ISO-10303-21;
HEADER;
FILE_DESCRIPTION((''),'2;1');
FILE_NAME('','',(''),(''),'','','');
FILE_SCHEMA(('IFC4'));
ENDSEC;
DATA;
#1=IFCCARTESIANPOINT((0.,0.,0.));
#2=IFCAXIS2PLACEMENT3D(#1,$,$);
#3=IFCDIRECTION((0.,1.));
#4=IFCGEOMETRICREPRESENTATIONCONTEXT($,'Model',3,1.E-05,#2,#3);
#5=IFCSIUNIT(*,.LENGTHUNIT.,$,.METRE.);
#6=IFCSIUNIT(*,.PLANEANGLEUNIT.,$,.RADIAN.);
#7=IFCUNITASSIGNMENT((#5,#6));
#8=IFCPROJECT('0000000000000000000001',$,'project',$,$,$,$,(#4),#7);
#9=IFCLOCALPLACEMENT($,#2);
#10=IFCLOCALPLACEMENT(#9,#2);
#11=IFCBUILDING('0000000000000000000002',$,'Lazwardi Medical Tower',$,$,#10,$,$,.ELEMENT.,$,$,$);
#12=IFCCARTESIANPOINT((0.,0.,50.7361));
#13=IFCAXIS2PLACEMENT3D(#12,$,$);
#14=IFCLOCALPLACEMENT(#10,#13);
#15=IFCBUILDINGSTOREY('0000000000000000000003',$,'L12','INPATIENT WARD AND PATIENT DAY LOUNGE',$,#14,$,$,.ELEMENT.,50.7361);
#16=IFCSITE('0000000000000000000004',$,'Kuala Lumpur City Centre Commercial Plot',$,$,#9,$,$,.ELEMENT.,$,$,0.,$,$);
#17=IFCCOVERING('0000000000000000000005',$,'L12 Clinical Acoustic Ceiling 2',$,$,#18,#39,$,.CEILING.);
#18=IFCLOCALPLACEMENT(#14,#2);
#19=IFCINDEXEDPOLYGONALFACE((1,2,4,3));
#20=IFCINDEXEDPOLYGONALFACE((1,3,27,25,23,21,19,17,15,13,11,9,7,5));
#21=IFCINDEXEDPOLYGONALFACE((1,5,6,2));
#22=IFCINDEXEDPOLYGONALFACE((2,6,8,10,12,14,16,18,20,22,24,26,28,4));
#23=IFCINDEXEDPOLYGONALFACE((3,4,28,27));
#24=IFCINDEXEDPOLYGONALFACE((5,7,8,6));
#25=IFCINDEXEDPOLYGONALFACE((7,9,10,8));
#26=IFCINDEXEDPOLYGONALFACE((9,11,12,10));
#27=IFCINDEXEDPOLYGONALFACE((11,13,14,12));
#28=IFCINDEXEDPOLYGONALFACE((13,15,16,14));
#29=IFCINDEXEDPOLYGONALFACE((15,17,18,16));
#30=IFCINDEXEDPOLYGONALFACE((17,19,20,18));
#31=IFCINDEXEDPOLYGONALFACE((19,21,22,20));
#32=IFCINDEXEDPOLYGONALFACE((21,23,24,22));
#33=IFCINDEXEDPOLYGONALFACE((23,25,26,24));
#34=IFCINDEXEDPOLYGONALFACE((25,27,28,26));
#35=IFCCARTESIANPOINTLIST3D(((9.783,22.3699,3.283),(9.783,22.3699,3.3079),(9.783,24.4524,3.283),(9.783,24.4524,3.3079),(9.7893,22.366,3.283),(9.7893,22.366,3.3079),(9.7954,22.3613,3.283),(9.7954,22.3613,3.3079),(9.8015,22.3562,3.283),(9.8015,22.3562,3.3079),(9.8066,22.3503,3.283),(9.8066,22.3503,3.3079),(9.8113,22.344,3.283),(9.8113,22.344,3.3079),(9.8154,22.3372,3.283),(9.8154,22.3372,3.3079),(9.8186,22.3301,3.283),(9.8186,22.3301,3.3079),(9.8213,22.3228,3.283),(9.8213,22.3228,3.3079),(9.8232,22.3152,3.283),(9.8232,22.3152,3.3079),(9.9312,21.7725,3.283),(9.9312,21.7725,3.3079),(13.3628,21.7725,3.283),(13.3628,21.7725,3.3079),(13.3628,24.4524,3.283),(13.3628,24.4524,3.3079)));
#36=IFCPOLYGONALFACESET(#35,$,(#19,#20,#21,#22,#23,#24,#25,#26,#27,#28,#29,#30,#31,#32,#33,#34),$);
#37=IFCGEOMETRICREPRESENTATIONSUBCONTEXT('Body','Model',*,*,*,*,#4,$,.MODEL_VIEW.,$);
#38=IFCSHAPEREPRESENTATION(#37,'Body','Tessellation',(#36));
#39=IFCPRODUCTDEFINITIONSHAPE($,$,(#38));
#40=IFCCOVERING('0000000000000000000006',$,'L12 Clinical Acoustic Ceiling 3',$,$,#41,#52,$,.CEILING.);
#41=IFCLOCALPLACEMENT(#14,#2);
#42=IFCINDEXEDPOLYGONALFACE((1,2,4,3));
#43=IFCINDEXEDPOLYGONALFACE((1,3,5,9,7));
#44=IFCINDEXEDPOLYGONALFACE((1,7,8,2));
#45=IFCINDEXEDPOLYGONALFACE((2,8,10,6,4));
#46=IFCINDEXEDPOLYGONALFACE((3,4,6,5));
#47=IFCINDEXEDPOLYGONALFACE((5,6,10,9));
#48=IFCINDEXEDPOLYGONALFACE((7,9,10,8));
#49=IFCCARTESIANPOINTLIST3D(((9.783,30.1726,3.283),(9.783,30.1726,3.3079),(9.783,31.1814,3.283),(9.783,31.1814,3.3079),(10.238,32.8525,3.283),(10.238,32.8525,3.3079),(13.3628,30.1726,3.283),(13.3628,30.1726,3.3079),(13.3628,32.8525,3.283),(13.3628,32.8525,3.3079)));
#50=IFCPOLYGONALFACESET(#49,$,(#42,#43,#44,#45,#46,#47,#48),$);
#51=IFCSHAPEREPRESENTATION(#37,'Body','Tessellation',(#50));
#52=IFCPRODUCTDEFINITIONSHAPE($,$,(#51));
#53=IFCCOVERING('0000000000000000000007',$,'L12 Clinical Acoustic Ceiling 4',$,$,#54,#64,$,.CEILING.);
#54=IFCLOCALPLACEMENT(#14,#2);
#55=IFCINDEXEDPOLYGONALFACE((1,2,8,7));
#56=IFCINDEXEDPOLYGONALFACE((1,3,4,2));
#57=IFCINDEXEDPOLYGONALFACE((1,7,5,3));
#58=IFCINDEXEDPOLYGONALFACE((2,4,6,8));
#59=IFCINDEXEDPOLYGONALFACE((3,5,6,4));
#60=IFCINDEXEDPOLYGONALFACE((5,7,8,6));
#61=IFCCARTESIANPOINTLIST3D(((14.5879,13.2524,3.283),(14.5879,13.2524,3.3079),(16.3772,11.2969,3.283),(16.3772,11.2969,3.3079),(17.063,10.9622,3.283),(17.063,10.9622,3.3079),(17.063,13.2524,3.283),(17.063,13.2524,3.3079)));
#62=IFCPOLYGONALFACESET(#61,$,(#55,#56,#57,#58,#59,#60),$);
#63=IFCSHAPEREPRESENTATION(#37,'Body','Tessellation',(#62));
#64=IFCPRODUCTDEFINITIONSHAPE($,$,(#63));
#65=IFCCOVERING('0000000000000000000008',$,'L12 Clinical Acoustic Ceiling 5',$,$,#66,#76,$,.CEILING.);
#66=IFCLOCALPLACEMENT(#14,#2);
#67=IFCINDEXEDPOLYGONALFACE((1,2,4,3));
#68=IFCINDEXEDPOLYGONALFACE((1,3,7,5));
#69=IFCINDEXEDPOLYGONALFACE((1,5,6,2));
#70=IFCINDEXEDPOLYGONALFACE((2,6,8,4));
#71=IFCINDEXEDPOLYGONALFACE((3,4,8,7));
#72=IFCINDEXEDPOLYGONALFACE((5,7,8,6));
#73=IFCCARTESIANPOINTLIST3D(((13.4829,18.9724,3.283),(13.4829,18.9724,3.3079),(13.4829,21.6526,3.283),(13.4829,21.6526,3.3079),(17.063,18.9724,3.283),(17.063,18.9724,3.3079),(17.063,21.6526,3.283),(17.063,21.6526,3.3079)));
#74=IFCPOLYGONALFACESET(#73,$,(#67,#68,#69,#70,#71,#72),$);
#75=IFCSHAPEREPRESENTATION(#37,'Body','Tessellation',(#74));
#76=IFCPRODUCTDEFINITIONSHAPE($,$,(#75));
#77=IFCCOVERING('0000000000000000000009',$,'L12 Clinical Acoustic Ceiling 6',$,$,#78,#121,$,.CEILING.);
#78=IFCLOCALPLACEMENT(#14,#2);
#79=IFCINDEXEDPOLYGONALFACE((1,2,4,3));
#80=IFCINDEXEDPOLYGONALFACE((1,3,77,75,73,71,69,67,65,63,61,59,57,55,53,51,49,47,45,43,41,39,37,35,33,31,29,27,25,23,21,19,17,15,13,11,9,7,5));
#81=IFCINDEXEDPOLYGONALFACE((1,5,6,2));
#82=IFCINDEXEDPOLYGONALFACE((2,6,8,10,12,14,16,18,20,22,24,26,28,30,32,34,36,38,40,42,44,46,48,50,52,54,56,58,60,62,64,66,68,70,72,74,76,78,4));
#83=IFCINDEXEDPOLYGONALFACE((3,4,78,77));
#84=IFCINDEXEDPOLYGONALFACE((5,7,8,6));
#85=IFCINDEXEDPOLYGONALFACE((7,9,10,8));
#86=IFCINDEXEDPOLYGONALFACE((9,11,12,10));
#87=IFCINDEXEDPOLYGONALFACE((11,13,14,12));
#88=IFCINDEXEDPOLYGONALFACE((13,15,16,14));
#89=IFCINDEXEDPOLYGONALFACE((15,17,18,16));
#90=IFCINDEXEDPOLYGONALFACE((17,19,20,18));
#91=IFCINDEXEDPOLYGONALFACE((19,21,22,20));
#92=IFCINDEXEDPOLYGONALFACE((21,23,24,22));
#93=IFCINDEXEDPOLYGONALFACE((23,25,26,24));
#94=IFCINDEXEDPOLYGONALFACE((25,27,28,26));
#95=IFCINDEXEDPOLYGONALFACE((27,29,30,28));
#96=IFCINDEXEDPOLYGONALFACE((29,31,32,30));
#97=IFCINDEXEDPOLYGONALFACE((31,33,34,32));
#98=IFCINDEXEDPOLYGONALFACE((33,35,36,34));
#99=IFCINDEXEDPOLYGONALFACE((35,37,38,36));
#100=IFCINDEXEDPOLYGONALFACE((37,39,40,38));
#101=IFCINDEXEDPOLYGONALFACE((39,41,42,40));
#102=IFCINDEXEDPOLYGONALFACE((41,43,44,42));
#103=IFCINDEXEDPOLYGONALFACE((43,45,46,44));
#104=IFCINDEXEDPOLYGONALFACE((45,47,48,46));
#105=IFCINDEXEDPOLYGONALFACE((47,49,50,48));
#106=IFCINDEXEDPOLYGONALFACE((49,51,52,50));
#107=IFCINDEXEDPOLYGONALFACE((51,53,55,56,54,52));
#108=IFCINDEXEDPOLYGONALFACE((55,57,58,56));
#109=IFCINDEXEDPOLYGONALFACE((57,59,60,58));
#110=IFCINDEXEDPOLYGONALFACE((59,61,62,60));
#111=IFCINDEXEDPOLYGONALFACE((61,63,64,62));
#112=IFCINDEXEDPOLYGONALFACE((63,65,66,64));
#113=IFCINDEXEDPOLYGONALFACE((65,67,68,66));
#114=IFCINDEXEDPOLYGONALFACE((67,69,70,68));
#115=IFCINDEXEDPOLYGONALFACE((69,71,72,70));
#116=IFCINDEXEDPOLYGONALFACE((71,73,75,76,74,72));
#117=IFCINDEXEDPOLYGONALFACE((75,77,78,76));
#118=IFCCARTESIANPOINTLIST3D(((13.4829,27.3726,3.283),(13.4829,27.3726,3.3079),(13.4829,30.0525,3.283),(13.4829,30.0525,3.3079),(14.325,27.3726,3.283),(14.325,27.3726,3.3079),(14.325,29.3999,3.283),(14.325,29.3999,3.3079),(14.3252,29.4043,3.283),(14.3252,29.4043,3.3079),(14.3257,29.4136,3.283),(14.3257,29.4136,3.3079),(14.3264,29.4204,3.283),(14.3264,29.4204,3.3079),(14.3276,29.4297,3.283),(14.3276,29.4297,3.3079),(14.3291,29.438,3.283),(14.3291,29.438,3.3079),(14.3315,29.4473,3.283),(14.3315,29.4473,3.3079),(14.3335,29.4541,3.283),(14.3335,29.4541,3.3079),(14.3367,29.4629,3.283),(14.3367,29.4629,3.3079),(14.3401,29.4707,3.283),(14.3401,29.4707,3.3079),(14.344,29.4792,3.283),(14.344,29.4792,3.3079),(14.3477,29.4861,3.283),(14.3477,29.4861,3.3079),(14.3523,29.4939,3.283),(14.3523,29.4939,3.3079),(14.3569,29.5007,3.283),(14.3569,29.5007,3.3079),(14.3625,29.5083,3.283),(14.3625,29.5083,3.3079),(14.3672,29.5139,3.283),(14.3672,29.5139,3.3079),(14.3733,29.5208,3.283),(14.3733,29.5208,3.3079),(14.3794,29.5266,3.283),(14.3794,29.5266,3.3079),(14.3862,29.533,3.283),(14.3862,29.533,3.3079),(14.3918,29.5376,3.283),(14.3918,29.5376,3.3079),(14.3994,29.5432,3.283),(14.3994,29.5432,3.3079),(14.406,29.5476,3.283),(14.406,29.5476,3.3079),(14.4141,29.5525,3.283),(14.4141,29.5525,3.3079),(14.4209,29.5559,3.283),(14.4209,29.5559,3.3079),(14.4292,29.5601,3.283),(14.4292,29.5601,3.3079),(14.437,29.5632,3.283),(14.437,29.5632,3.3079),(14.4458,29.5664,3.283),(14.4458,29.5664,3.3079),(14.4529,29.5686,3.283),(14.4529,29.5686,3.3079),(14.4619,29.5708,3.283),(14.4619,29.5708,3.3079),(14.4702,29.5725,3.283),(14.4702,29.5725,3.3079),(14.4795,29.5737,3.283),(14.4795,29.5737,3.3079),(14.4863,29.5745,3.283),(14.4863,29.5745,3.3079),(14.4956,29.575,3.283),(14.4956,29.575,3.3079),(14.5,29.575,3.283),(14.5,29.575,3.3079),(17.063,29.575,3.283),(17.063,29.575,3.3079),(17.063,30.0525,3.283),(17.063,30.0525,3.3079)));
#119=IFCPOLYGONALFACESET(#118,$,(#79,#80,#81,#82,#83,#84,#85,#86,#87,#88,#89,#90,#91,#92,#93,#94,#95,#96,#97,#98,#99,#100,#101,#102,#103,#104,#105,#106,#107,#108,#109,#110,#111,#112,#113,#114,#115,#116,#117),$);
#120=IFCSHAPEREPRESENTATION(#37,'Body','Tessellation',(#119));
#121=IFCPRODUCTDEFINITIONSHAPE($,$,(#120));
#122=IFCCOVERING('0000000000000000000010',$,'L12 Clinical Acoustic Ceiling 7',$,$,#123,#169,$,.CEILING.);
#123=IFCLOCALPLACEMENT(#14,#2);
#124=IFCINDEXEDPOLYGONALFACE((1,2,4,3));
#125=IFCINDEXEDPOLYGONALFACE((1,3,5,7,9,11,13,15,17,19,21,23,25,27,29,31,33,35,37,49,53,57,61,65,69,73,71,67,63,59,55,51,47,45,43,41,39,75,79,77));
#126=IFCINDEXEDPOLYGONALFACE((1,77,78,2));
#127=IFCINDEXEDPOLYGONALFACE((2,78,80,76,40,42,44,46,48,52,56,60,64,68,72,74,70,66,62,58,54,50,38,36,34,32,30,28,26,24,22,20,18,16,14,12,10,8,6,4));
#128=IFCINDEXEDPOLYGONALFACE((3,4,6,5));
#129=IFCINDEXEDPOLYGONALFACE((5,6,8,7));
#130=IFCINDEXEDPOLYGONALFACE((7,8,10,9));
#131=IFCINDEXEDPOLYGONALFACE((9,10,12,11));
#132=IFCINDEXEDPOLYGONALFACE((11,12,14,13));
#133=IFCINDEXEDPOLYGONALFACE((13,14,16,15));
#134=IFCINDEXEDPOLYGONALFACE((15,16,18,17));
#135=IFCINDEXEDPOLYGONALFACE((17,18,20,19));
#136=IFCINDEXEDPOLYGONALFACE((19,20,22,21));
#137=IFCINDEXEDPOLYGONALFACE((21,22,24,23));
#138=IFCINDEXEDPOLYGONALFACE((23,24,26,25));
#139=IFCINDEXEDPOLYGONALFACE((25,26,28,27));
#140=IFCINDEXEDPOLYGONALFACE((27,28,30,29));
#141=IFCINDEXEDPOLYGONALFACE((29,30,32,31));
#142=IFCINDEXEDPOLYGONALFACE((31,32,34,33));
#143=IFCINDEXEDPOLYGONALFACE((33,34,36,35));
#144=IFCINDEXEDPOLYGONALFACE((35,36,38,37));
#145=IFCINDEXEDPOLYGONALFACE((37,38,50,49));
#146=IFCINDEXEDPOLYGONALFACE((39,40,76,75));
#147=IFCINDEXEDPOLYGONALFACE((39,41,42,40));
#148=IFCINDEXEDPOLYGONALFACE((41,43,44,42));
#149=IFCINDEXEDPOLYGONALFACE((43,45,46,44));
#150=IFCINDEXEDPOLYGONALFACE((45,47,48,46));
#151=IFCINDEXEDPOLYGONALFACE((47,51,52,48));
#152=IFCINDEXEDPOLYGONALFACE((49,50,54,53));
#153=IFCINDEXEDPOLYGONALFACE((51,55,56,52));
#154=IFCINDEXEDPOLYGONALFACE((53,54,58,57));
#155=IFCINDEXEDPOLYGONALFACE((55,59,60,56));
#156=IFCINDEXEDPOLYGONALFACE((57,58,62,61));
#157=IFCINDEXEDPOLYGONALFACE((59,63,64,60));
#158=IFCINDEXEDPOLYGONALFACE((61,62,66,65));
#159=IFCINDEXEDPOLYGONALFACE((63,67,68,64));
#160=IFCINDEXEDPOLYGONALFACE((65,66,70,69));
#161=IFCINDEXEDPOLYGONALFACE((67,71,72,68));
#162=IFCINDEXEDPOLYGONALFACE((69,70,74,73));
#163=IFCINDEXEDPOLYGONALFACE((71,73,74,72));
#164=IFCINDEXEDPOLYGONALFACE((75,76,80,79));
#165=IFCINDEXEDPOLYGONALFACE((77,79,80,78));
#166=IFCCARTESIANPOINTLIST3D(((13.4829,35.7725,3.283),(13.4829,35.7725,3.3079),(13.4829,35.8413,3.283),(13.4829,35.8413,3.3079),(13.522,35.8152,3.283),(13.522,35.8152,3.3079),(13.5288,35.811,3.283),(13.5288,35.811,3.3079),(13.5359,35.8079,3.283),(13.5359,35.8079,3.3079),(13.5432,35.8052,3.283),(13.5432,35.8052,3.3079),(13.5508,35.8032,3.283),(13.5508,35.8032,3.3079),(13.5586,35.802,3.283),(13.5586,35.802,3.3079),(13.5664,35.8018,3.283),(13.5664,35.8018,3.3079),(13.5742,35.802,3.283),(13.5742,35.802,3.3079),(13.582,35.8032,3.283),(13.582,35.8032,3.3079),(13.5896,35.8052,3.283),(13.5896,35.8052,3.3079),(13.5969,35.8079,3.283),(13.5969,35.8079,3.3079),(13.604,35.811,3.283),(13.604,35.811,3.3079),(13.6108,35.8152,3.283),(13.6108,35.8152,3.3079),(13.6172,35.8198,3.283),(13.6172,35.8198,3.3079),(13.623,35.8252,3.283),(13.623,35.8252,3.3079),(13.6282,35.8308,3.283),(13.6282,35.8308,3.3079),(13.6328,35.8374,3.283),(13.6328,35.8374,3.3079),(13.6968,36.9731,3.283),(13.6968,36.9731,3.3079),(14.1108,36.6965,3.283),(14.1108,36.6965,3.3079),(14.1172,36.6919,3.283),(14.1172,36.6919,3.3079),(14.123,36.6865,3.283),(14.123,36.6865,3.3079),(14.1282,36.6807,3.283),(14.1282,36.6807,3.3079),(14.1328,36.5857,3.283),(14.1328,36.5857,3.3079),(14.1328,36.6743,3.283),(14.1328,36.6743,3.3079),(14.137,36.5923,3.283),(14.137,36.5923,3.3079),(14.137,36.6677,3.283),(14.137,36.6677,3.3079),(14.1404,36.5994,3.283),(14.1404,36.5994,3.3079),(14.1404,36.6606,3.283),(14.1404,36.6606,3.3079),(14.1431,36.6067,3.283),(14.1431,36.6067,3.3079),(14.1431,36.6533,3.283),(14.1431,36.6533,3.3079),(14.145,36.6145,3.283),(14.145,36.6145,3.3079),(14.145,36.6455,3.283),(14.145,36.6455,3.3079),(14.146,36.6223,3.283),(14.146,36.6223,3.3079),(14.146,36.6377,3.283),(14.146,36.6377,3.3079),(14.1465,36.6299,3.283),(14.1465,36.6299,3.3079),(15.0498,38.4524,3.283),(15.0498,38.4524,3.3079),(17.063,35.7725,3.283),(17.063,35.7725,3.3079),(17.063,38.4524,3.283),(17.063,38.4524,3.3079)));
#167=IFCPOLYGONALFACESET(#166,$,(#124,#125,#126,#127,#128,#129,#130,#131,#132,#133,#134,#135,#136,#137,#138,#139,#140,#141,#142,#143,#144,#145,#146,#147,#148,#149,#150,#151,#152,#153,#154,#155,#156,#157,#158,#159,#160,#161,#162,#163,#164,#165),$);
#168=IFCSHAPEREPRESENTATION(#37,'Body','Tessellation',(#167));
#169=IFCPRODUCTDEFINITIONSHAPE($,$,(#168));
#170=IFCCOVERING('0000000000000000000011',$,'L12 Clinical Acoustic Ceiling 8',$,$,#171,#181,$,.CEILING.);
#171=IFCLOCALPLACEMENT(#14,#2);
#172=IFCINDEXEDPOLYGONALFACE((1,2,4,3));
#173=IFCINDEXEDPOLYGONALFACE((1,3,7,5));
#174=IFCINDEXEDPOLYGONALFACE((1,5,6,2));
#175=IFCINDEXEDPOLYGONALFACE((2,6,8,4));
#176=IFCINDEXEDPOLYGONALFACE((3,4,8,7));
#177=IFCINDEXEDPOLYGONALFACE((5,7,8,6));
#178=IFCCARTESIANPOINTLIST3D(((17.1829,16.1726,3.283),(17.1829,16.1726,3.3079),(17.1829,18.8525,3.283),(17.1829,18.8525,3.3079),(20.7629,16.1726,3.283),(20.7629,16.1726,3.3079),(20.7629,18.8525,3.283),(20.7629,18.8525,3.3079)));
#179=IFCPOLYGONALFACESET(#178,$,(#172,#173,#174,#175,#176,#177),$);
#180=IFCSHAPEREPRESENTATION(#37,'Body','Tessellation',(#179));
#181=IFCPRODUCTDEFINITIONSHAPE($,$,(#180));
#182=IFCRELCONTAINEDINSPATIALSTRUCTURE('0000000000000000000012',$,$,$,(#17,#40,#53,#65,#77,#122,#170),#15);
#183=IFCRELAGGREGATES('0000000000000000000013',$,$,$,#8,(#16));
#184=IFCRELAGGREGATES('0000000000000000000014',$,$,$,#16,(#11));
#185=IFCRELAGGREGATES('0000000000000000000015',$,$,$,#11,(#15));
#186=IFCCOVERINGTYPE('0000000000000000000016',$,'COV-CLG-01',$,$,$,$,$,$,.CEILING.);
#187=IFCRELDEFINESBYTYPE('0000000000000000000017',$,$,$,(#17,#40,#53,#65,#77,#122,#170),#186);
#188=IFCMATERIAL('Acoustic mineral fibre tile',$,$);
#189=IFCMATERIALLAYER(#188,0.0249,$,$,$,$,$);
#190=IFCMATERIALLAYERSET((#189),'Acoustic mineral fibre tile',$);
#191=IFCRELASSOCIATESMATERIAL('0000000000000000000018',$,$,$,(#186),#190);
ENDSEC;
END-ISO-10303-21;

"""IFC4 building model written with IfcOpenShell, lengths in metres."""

from ifc_helpers import new_model, si_unit, direction, frame, origin, place, context, subcontext, project, spatial, polyline, outline, extrude, material, layer, layer_set, type_object, element, save


model = new_model("IFC4")

# Units and contexts
model_context = context("Model", 3, precision=1e-05, world=origin(), true_north=direction((0.0, 1.0)))
body_context = subcontext(model_context, "Body", "Model", "MODEL_VIEW")
ifc_project = project(units=[si_unit("LENGTHUNIT", "METRE"), si_unit("PLANEANGLEUNIT", "RADIAN")], contexts=[model_context])

# Site, building, storey
site_placement = place(None, origin())
site = spatial("IfcSite", under=ifc_project, at=site_placement, Name="Kuala Lumpur City Centre Commercial Plot", CompositionType="ELEMENT", RefElevation=0.0)
building_placement = place(site_placement, origin())
building = spatial("IfcBuilding", under=site, at=building_placement, Name="Lazwardi Medical Tower", CompositionType="ELEMENT")
storey_placement = place(building_placement, frame((0.0, 0.0, 50.7361)))
storey = spatial("IfcBuildingStorey", under=building, at=storey_placement, Name="L12", Description="INPATIENT WARD AND PATIENT DAY LOUNGE", CompositionType="ELEMENT", Elevation=50.7361)

# Coverings
ifc_material_1 = material(Name="Acoustic mineral fibre tile")
ifc_layer_1 = layer(ifc_material_1, 0.0249)
ifc_layer_set_1 = layer_set([ifc_layer_1], Name="Acoustic mineral fibre tile")
covering_type_1 = type_object("IfcCoveringType", Name="COV-CLG-01", PredefinedType="CEILING", material=ifc_layer_set_1)
covering_1_placement = place(storey_placement, frame((0.0, 0.0, 3.283)))
element("IfcCovering", 1, at=covering_1_placement, inside=storey, type_object=covering_type_1, Name="L12 Clinical Acoustic Ceiling 2", PredefinedType="CEILING", context=body_context, shape_type="SweptSolid", body=[
    extrude(outline(polyline([(9.783, 22.3699), (9.7893, 22.366), (9.7954, 22.3613), (9.8015, 22.3562), (9.8066, 22.3503), (9.8113, 22.344), (9.8154, 22.3372), (9.8186, 22.3301), (9.8213, 22.3228), (9.8232, 22.3152), (9.9312, 21.7725), (13.3628, 21.7725), (13.3628, 24.4524), (9.783, 24.4524), (9.783, 22.3699)])), origin(), (0.0, 0.0, 1.0), 0.0249),
])
covering_2_placement = place(storey_placement, frame((0.0, 0.0, 3.283)))
element("IfcCovering", 2, at=covering_2_placement, inside=storey, type_object=covering_type_1, Name="L12 Clinical Acoustic Ceiling 3", PredefinedType="CEILING", context=body_context, shape_type="SweptSolid", body=[
    extrude(outline(polyline([(10.238, 32.8525), (9.783, 31.1814), (9.783, 30.1726), (13.3628, 30.1726), (13.3628, 32.8525), (10.238, 32.8525)])), origin(), (0.0, 0.0, 1.0), 0.0249),
])
covering_3_placement = place(storey_placement, frame((0.0, 0.0, 3.283)))
element("IfcCovering", 3, at=covering_3_placement, inside=storey, type_object=covering_type_1, Name="L12 Clinical Acoustic Ceiling 4", PredefinedType="CEILING", context=body_context, shape_type="SweptSolid", body=[
    extrude(outline(polyline([(14.5879, 13.2524), (16.3772, 11.2969), (17.063, 10.9622), (17.063, 13.2524), (14.5879, 13.2524)])), origin(), (0.0, 0.0, 1.0), 0.0249),
])
covering_4_placement = place(storey_placement, frame((0.0, 0.0, 3.283)))
element("IfcCovering", 4, at=covering_4_placement, inside=storey, type_object=covering_type_1, Name="L12 Clinical Acoustic Ceiling 5", PredefinedType="CEILING", context=body_context, shape_type="SweptSolid", body=[
    extrude(outline(polyline([(17.063, 18.9724), (17.063, 21.6526), (13.4829, 21.6526), (13.4829, 18.9724), (17.063, 18.9724)])), origin(), (0.0, 0.0, 1.0), 0.0249),
])
covering_5_placement = place(storey_placement, frame((0.0, 0.0, 3.283)))
element("IfcCovering", 5, at=covering_5_placement, inside=storey, type_object=covering_type_1, Name="L12 Clinical Acoustic Ceiling 6", PredefinedType="CEILING", context=body_context, shape_type="SweptSolid", body=[
    extrude(outline(polyline([(14.325, 27.3726), (14.325, 29.3999), (14.3252, 29.4043), (14.3257, 29.4136), (14.3264, 29.4204), (14.3276, 29.4297), (14.3291, 29.438), (14.3315, 29.4473), (14.3335, 29.4541), (14.3367, 29.4629), (14.3401, 29.4707), (14.344, 29.4792), (14.3477, 29.4861), (14.3523, 29.4939), (14.3569, 29.5007), (14.3625, 29.5083), (14.3672, 29.5139), (14.3733, 29.5208), (14.3794, 29.5266), (14.3862, 29.533), (14.3918, 29.5376), (14.3994, 29.5432), (14.406, 29.5476), (14.4141, 29.5525), (14.4209, 29.5559), (14.4292, 29.5601), (14.437, 29.5632), (14.4458, 29.5664), (14.4529, 29.5686), (14.4619, 29.5708), (14.4702, 29.5725), (14.4795, 29.5737), (14.4863, 29.5745), (14.4956, 29.575), (14.5, 29.575), (17.063, 29.575), (17.063, 30.0525), (13.4829, 30.0525), (13.4829, 27.3726), (14.325, 27.3726)])), origin(), (0.0, 0.0, 1.0), 0.0249),
])
covering_6_placement = place(storey_placement, frame((0.0, 0.0, 3.283)))
element("IfcCovering", 6, at=covering_6_placement, inside=storey, type_object=covering_type_1, Name="L12 Clinical Acoustic Ceiling 7", PredefinedType="CEILING", context=body_context, shape_type="SweptSolid", body=[
    extrude(outline(polyline([(15.0498, 38.4524), (13.6968, 36.9731), (14.1108, 36.6965), (14.1172, 36.6919), (14.123, 36.6865), (14.1282, 36.6807), (14.1328, 36.6743), (14.137, 36.6677), (14.1404, 36.6606), (14.1431, 36.6533), (14.145, 36.6455), (14.146, 36.6377), (14.1465, 36.6299), (14.146, 36.6223), (14.145, 36.6145), (14.1431, 36.6067), (14.1404, 36.5994), (14.137, 36.5923), (14.1328, 36.5857), (13.6328, 35.8374), (13.6282, 35.8308), (13.623, 35.8252), (13.6172, 35.8198), (13.6108, 35.8152), (13.604, 35.811), (13.5969, 35.8079), (13.5896, 35.8052), (13.582, 35.8032), (13.5742, 35.802), (13.5664, 35.8018), (13.5586, 35.802), (13.5508, 35.8032), (13.5432, 35.8052), (13.5359, 35.8079), (13.5288, 35.811), (13.522, 35.8152), (13.4829, 35.8413), (13.4829, 35.7725), (17.063, 35.7725), (17.063, 38.4524), (15.0498, 38.4524)])), origin(), (0.0, 0.0, 1.0), 0.0249),
])
covering_7_placement = place(storey_placement, frame((0.0, 0.0, 3.283)))
element("IfcCovering", 7, at=covering_7_placement, inside=storey, type_object=covering_type_1, Name="L12 Clinical Acoustic Ceiling 8", PredefinedType="CEILING", context=body_context, shape_type="SweptSolid", body=[
    extrude(outline(polyline([(20.7629, 16.1726), (20.7629, 18.8525), (17.1829, 18.8525), (17.1829, 16.1726), (20.7629, 16.1726)])), origin(), (0.0, 0.0, 1.0), 0.0249),
])

save(model, "model.ifc")
